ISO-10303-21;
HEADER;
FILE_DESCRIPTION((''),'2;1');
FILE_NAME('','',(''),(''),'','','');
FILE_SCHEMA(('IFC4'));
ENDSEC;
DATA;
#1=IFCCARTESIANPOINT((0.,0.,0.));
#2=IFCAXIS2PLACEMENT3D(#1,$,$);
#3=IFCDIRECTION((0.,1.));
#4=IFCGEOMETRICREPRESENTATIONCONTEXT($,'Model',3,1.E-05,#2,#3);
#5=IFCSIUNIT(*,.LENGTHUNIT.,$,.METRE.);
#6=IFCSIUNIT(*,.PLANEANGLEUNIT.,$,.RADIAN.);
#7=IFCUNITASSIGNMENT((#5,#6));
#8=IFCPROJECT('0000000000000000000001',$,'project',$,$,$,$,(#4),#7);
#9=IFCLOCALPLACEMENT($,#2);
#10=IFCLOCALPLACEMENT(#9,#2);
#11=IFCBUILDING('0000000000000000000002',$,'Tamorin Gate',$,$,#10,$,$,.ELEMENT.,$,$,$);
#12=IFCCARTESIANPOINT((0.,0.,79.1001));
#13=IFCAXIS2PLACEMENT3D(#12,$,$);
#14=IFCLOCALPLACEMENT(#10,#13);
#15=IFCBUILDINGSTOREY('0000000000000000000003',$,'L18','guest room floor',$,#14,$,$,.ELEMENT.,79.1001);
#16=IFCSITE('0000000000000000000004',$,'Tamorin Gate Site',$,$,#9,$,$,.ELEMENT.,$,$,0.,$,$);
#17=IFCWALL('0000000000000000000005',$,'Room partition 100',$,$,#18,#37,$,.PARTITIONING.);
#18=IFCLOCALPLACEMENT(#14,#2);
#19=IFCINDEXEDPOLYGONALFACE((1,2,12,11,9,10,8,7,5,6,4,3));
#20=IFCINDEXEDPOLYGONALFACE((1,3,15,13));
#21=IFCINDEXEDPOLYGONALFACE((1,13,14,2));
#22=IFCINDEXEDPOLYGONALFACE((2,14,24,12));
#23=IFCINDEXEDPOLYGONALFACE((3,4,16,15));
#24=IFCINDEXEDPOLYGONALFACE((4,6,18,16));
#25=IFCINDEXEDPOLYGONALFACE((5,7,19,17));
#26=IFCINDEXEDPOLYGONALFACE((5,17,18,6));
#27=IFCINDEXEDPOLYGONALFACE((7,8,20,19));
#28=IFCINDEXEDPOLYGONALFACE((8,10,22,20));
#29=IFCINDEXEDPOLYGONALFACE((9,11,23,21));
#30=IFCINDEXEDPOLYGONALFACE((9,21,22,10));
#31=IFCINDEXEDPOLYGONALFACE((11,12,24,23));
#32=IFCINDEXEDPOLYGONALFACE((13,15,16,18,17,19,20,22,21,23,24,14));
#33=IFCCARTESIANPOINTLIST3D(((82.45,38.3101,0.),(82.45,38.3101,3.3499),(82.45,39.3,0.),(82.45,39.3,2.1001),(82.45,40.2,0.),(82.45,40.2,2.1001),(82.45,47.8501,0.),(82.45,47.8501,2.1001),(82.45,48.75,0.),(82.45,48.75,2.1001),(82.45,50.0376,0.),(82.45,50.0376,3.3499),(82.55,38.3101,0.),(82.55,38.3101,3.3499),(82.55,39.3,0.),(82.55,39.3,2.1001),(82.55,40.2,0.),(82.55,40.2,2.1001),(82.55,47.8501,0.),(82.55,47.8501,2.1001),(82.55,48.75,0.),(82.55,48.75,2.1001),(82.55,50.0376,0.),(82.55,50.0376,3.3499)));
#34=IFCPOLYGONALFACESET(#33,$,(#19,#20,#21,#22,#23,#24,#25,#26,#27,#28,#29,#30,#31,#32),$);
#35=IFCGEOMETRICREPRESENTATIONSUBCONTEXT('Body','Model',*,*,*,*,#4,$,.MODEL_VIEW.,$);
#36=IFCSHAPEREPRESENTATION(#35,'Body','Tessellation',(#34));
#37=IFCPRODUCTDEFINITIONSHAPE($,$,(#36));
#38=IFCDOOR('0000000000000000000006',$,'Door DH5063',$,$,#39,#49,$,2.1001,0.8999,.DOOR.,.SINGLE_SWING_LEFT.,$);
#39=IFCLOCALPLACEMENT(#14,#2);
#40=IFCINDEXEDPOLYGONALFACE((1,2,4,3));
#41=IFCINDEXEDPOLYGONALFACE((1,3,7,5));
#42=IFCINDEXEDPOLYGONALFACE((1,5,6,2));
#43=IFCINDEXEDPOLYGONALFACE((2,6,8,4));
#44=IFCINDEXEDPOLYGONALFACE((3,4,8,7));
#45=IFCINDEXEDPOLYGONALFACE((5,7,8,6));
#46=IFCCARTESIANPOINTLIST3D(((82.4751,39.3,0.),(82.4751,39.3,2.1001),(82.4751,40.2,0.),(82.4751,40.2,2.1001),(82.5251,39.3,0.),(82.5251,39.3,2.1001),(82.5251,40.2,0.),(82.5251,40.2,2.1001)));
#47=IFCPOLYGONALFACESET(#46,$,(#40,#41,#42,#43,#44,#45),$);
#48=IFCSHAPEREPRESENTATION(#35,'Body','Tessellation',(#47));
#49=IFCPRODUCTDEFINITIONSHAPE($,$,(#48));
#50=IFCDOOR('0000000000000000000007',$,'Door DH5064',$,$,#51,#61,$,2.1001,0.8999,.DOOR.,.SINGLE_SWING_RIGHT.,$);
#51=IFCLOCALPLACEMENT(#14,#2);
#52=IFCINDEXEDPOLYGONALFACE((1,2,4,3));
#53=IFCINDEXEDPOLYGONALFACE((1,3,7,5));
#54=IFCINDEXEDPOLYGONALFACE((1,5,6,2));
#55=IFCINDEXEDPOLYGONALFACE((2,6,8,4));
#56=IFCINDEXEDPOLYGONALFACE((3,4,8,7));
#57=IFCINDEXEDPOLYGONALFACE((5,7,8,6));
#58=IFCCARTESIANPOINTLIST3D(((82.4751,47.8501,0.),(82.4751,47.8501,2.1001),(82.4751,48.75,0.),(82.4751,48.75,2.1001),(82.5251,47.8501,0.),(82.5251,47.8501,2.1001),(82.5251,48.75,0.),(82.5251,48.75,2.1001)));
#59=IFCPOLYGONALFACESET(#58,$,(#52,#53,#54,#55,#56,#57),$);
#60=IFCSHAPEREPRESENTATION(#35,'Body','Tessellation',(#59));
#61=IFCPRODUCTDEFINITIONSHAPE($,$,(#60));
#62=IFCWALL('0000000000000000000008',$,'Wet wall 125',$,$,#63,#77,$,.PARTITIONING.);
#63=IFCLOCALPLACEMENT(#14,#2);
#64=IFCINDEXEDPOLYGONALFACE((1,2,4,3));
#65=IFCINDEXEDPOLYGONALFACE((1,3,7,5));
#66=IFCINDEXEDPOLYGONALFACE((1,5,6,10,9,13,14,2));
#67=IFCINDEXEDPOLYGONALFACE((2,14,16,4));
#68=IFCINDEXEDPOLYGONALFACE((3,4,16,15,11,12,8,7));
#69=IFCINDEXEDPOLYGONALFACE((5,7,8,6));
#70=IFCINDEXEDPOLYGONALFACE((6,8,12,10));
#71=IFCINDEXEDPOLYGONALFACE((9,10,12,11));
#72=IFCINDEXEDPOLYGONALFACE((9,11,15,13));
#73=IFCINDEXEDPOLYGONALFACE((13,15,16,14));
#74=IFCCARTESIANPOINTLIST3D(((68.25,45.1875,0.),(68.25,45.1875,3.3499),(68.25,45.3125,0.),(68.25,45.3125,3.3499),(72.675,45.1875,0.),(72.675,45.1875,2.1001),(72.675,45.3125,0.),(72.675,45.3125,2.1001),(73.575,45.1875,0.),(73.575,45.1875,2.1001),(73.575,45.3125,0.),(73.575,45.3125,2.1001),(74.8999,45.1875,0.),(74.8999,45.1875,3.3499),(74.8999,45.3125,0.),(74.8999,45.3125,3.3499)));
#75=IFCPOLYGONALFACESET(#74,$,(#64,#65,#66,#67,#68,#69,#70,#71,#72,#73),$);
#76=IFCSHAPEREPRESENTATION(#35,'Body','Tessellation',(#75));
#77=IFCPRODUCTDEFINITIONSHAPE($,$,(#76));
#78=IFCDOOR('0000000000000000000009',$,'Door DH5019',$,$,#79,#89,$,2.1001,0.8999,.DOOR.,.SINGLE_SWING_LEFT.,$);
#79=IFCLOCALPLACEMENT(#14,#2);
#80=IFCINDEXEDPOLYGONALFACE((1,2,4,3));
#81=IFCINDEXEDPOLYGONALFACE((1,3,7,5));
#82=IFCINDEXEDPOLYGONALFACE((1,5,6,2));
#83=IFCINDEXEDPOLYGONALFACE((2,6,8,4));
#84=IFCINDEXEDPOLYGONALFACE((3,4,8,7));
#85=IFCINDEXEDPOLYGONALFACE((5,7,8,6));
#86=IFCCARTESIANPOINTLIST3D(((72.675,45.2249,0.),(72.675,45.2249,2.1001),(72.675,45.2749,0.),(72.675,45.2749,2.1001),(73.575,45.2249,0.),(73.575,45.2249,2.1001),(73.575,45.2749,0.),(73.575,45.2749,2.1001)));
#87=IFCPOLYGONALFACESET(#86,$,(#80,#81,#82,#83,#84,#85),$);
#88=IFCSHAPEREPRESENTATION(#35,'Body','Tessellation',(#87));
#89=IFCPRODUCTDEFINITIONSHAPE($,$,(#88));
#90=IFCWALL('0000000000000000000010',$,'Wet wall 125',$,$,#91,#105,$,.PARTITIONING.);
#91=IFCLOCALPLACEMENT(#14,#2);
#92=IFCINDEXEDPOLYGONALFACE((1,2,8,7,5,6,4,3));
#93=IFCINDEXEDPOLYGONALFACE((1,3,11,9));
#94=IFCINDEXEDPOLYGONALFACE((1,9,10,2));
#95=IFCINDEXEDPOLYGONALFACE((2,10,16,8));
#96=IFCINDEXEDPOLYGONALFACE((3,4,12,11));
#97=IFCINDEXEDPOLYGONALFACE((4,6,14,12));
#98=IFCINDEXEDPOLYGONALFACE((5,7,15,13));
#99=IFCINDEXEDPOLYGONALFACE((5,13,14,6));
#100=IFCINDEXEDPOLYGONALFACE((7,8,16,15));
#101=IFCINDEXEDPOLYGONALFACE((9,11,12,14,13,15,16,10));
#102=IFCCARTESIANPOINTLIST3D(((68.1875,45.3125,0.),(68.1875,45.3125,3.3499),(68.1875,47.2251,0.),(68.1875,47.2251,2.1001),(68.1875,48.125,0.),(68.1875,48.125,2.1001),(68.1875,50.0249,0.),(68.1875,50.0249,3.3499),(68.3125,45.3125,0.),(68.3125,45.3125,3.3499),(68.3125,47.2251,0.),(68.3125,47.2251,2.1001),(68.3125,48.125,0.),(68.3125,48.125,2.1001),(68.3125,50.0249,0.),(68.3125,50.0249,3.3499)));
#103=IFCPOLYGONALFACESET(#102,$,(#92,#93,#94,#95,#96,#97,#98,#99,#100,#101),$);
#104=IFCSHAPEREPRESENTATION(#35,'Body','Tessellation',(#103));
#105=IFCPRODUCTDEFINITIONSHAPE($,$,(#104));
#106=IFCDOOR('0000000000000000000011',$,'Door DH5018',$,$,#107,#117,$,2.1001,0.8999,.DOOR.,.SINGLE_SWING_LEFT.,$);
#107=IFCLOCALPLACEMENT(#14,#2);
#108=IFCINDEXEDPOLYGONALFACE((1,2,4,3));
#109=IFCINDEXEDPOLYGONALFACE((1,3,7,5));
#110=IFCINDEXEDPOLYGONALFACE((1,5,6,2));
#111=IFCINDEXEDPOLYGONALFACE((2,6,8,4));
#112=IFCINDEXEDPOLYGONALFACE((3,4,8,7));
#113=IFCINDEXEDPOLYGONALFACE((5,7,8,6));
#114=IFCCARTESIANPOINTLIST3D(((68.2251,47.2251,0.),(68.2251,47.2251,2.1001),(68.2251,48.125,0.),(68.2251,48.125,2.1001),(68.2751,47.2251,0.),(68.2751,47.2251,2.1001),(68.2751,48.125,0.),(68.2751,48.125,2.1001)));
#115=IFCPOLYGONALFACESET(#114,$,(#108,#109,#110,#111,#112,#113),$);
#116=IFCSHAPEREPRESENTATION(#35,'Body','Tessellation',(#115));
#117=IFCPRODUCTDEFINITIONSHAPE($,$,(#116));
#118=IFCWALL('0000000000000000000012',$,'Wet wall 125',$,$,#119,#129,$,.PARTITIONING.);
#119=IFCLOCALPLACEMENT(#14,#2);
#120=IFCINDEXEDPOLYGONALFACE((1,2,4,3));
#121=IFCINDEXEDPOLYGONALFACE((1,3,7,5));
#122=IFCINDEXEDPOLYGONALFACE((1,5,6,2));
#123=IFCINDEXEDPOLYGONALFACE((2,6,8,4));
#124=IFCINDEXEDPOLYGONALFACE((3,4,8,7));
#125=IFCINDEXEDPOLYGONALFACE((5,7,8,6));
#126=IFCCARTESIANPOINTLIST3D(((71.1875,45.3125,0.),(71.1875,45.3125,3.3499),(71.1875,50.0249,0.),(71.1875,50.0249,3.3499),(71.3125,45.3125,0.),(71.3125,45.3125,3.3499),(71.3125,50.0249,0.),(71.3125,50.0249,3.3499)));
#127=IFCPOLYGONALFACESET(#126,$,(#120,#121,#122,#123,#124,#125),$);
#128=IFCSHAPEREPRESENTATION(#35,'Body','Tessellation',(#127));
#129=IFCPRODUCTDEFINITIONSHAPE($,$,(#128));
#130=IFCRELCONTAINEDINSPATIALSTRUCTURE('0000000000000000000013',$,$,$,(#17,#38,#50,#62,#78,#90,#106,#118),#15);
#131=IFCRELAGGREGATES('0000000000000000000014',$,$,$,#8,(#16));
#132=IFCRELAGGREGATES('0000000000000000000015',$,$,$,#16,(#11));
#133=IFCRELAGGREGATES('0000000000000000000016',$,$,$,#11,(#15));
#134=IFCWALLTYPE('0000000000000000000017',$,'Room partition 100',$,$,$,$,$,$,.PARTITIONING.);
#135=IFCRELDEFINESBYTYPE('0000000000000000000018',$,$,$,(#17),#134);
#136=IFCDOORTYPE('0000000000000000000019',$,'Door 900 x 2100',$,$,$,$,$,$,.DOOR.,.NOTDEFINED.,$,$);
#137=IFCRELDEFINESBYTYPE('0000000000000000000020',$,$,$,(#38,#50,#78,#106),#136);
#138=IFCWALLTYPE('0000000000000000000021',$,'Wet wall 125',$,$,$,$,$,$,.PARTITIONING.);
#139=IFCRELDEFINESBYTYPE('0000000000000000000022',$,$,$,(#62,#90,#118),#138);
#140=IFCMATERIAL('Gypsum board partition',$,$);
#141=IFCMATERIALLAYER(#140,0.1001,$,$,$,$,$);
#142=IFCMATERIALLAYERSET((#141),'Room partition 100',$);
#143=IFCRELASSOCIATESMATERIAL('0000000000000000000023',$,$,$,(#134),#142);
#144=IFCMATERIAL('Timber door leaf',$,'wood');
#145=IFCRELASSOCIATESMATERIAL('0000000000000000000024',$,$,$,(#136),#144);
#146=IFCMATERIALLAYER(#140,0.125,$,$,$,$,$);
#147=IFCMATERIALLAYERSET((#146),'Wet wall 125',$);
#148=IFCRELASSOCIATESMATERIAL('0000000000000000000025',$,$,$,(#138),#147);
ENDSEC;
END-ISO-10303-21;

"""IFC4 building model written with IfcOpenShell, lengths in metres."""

from ifc_helpers import new_model, si_unit, direction, frame, frame_2d, origin, place, context, subcontext, project, spatial, rectangle, extrude, material, layer, layer_set, type_object, element, fill, save


model = new_model("IFC4")

# Units and contexts
model_context = context("Model", 3, precision=1e-05, world=origin(), true_north=direction((0.0, 1.0)))
body_context = subcontext(model_context, "Body", "Model", "MODEL_VIEW")
ifc_project = project(units=[si_unit("LENGTHUNIT", "METRE"), si_unit("PLANEANGLEUNIT", "RADIAN")], contexts=[model_context])

# Site, building, storey
site_placement = place(None, origin())
site = spatial("IfcSite", under=ifc_project, at=site_placement, Name="Tamorin Gate Site", CompositionType="ELEMENT", RefElevation=0.0)
building_placement = place(site_placement, origin())
building = spatial("IfcBuilding", under=site, at=building_placement, Name="Tamorin Gate", CompositionType="ELEMENT")
storey_placement = place(building_placement, frame((0.0, 0.0, 79.1001)))
storey = spatial("IfcBuildingStorey", under=building, at=storey_placement, Name="L18", Description="guest room floor", CompositionType="ELEMENT", Elevation=79.1001)

# Shared definitions
ifc_material_1 = material(Name="Gypsum board partition")
ifc_layer_1 = layer(ifc_material_1, 0.1001)
ifc_layer_set_1 = layer_set([ifc_layer_1], Name="Room partition 100")
wall_type_1 = type_object("IfcWallType", Name="Room partition 100", PredefinedType="PARTITIONING", material=ifc_layer_set_1)

# Shared definitions
ifc_material_2 = material(Name="Timber door leaf", Category="wood")
door_type = type_object("IfcDoorType", Name="Door 900 x 2100", OperationType="NOTDEFINED", PredefinedType="DOOR", material=ifc_material_2)

# Wall, openings, doors
wall_1_placement = place(storey_placement, frame((82.5, 38.3101, 0.0), z_axis=(0.0, 0.0, 1.0), x_axis=(0.0, 1.0, 0.0)))
wall_1 = element("IfcWall", 1, at=wall_1_placement, inside=storey, type_object=wall_type_1, Name="Room partition 100", PredefinedType="PARTITIONING", context=body_context, shape_type="SweptSolid", body=[
    extrude(rectangle(XDim=11.7275, YDim=0.1001, at=frame_2d((5.8638, 0.0))), origin(), (0.0, 0.0, 1.0), 3.3499),
])
opening_1_placement = place(wall_1_placement, frame((0.99, 0.0, 0.0)))
opening_1 = element("IfcOpeningElement", 2, at=opening_1_placement, cuts=wall_1, PredefinedType="OPENING", context=body_context, shape_type="SweptSolid", body=[
    extrude(rectangle(XDim=0.8999, YDim=2.1001, at=frame_2d((0.45, 1.05))), frame((0.0, 0.0601, 0.0), z_axis=(0.0, -1.0, 0.0), x_axis=(1.0, 0.0, 0.0)), (0.0, 0.0, 1.0), 0.1201),
])
opening_2_placement = place(wall_1_placement, frame((9.54, 0.0, 0.0)))
opening_2 = element("IfcOpeningElement", 3, at=opening_2_placement, cuts=wall_1, PredefinedType="OPENING", context=body_context, shape_type="SweptSolid", body=[
    extrude(rectangle(XDim=0.8999, YDim=2.1001, at=frame_2d((0.45, 1.05))), frame((0.0, 0.0601, 0.0), z_axis=(0.0, -1.0, 0.0), x_axis=(1.0, 0.0, 0.0)), (0.0, 0.0, 1.0), 0.1201),
])
door_1_placement = place(opening_1_placement, origin())
door_1 = element("IfcDoor", 4, at=door_1_placement, inside=storey, type_object=door_type, Name="Door DH5063", OperationType="SINGLE_SWING_LEFT", OverallHeight=2.1001, OverallWidth=0.8999, PredefinedType="DOOR", context=body_context, shape_type="SweptSolid", body=[
    extrude(rectangle(XDim=0.8999, YDim=2.1001, at=frame_2d((0.45, 1.05))), frame((0.0, 0.0249, 0.0), z_axis=(0.0, -1.0, 0.0), x_axis=(1.0, 0.0, 0.0)), (0.0, 0.0, 1.0), 0.05),
])
fill(opening_1, door_1)
door_2_placement = place(opening_2_placement, origin())
door_2 = element("IfcDoor", 5, at=door_2_placement, inside=storey, type_object=door_type, Name="Door DH5064", OperationType="SINGLE_SWING_RIGHT", OverallHeight=2.1001, OverallWidth=0.8999, PredefinedType="DOOR", context=body_context, shape_type="SweptSolid", body=[
    extrude(rectangle(XDim=0.8999, YDim=2.1001, at=frame_2d((0.45, 1.05))), frame((0.0, 0.0249, 0.0), z_axis=(0.0, -1.0, 0.0), x_axis=(1.0, 0.0, 0.0)), (0.0, 0.0, 1.0), 0.05),
])
fill(opening_2, door_2)

# Walls, openings, doors
ifc_layer_2 = layer(ifc_material_1, 0.125)
ifc_layer_set_2 = layer_set([ifc_layer_2], Name="Wet wall 125")
wall_type_2 = type_object("IfcWallType", Name="Wet wall 125", PredefinedType="PARTITIONING", material=ifc_layer_set_2)
wall_2_placement = place(storey_placement, frame((68.25, 45.25, 0.0), z_axis=(0.0, 0.0, 1.0), x_axis=(1.0, 0.0, 0.0)))
wall_2 = element("IfcWall", 6, at=wall_2_placement, inside=storey, type_object=wall_type_2, Name="Wet wall 125", PredefinedType="PARTITIONING", context=body_context, shape_type="SweptSolid", body=[
    extrude(rectangle(XDim=6.6499, YDim=0.125, at=frame_2d((3.325, 0.0))), origin(), (0.0, 0.0, 1.0), 3.3499),
])
opening_3_placement = place(wall_2_placement, frame((4.425, 0.0, 0.0)))
opening_3 = element("IfcOpeningElement", 7, at=opening_3_placement, cuts=wall_2, PredefinedType="OPENING", context=body_context, shape_type="SweptSolid", body=[
    extrude(rectangle(XDim=0.8999, YDim=2.1001, at=frame_2d((0.45, 1.05))), frame((0.0, 0.0725, 0.0), z_axis=(0.0, -1.0, 0.0), x_axis=(1.0, 0.0, 0.0)), (0.0, 0.0, 1.0), 0.145),
])
door_3_placement = place(opening_3_placement, origin())
door_3 = element("IfcDoor", 8, at=door_3_placement, inside=storey, type_object=door_type, Name="Door DH5019", OperationType="SINGLE_SWING_LEFT", OverallHeight=2.1001, OverallWidth=0.8999, PredefinedType="DOOR", context=body_context, shape_type="SweptSolid", body=[
    extrude(rectangle(XDim=0.8999, YDim=2.1001, at=frame_2d((0.45, 1.05))), frame((0.0, 0.0249, 0.0), z_axis=(0.0, -1.0, 0.0), x_axis=(1.0, 0.0, 0.0)), (0.0, 0.0, 1.0), 0.05),
])
fill(opening_3, door_3)
wall_3_placement = place(storey_placement, frame((68.25, 45.3125, 0.0), z_axis=(0.0, 0.0, 1.0), x_axis=(0.0, 1.0, 0.0)))
wall_3 = element("IfcWall", 9, at=wall_3_placement, inside=storey, type_object=wall_type_2, Name="Wet wall 125", PredefinedType="PARTITIONING", context=body_context, shape_type="SweptSolid", body=[
    extrude(rectangle(XDim=4.7124, YDim=0.125, at=frame_2d((2.3562, 0.0))), origin(), (0.0, 0.0, 1.0), 3.3499),
])
opening_4_placement = place(wall_3_placement, frame((1.9126, 0.0, 0.0)))
opening_4 = element("IfcOpeningElement", 10, at=opening_4_placement, cuts=wall_3, PredefinedType="OPENING", context=body_context, shape_type="SweptSolid", body=[
    extrude(rectangle(XDim=0.8999, YDim=2.1001, at=frame_2d((0.45, 1.05))), frame((0.0, 0.0725, 0.0), z_axis=(0.0, -1.0, 0.0), x_axis=(1.0, 0.0, 0.0)), (0.0, 0.0, 1.0), 0.145),
])
door_4_placement = place(opening_4_placement, origin())
door_4 = element("IfcDoor", 11, at=door_4_placement, inside=storey, type_object=door_type, Name="Door DH5018", OperationType="SINGLE_SWING_LEFT", OverallHeight=2.1001, OverallWidth=0.8999, PredefinedType="DOOR", context=body_context, shape_type="SweptSolid", body=[
    extrude(rectangle(XDim=0.8999, YDim=2.1001, at=frame_2d((0.45, 1.05))), frame((0.0, 0.0249, 0.0), z_axis=(0.0, -1.0, 0.0), x_axis=(1.0, 0.0, 0.0)), (0.0, 0.0, 1.0), 0.05),
])
fill(opening_4, door_4)

# Wall
wall_4_placement = place(storey_placement, frame((71.25, 45.3125, 0.0), z_axis=(0.0, 0.0, 1.0), x_axis=(0.0, 1.0, 0.0)))
element("IfcWall", 12, at=wall_4_placement, inside=storey, type_object=wall_type_2, Name="Wet wall 125", PredefinedType="PARTITIONING", context=body_context, shape_type="SweptSolid", body=[
    extrude(rectangle(XDim=4.7124, YDim=0.125, at=frame_2d((2.3562, 0.0))), origin(), (0.0, 0.0, 1.0), 3.3499),
])

save(model, "model.ifc")
